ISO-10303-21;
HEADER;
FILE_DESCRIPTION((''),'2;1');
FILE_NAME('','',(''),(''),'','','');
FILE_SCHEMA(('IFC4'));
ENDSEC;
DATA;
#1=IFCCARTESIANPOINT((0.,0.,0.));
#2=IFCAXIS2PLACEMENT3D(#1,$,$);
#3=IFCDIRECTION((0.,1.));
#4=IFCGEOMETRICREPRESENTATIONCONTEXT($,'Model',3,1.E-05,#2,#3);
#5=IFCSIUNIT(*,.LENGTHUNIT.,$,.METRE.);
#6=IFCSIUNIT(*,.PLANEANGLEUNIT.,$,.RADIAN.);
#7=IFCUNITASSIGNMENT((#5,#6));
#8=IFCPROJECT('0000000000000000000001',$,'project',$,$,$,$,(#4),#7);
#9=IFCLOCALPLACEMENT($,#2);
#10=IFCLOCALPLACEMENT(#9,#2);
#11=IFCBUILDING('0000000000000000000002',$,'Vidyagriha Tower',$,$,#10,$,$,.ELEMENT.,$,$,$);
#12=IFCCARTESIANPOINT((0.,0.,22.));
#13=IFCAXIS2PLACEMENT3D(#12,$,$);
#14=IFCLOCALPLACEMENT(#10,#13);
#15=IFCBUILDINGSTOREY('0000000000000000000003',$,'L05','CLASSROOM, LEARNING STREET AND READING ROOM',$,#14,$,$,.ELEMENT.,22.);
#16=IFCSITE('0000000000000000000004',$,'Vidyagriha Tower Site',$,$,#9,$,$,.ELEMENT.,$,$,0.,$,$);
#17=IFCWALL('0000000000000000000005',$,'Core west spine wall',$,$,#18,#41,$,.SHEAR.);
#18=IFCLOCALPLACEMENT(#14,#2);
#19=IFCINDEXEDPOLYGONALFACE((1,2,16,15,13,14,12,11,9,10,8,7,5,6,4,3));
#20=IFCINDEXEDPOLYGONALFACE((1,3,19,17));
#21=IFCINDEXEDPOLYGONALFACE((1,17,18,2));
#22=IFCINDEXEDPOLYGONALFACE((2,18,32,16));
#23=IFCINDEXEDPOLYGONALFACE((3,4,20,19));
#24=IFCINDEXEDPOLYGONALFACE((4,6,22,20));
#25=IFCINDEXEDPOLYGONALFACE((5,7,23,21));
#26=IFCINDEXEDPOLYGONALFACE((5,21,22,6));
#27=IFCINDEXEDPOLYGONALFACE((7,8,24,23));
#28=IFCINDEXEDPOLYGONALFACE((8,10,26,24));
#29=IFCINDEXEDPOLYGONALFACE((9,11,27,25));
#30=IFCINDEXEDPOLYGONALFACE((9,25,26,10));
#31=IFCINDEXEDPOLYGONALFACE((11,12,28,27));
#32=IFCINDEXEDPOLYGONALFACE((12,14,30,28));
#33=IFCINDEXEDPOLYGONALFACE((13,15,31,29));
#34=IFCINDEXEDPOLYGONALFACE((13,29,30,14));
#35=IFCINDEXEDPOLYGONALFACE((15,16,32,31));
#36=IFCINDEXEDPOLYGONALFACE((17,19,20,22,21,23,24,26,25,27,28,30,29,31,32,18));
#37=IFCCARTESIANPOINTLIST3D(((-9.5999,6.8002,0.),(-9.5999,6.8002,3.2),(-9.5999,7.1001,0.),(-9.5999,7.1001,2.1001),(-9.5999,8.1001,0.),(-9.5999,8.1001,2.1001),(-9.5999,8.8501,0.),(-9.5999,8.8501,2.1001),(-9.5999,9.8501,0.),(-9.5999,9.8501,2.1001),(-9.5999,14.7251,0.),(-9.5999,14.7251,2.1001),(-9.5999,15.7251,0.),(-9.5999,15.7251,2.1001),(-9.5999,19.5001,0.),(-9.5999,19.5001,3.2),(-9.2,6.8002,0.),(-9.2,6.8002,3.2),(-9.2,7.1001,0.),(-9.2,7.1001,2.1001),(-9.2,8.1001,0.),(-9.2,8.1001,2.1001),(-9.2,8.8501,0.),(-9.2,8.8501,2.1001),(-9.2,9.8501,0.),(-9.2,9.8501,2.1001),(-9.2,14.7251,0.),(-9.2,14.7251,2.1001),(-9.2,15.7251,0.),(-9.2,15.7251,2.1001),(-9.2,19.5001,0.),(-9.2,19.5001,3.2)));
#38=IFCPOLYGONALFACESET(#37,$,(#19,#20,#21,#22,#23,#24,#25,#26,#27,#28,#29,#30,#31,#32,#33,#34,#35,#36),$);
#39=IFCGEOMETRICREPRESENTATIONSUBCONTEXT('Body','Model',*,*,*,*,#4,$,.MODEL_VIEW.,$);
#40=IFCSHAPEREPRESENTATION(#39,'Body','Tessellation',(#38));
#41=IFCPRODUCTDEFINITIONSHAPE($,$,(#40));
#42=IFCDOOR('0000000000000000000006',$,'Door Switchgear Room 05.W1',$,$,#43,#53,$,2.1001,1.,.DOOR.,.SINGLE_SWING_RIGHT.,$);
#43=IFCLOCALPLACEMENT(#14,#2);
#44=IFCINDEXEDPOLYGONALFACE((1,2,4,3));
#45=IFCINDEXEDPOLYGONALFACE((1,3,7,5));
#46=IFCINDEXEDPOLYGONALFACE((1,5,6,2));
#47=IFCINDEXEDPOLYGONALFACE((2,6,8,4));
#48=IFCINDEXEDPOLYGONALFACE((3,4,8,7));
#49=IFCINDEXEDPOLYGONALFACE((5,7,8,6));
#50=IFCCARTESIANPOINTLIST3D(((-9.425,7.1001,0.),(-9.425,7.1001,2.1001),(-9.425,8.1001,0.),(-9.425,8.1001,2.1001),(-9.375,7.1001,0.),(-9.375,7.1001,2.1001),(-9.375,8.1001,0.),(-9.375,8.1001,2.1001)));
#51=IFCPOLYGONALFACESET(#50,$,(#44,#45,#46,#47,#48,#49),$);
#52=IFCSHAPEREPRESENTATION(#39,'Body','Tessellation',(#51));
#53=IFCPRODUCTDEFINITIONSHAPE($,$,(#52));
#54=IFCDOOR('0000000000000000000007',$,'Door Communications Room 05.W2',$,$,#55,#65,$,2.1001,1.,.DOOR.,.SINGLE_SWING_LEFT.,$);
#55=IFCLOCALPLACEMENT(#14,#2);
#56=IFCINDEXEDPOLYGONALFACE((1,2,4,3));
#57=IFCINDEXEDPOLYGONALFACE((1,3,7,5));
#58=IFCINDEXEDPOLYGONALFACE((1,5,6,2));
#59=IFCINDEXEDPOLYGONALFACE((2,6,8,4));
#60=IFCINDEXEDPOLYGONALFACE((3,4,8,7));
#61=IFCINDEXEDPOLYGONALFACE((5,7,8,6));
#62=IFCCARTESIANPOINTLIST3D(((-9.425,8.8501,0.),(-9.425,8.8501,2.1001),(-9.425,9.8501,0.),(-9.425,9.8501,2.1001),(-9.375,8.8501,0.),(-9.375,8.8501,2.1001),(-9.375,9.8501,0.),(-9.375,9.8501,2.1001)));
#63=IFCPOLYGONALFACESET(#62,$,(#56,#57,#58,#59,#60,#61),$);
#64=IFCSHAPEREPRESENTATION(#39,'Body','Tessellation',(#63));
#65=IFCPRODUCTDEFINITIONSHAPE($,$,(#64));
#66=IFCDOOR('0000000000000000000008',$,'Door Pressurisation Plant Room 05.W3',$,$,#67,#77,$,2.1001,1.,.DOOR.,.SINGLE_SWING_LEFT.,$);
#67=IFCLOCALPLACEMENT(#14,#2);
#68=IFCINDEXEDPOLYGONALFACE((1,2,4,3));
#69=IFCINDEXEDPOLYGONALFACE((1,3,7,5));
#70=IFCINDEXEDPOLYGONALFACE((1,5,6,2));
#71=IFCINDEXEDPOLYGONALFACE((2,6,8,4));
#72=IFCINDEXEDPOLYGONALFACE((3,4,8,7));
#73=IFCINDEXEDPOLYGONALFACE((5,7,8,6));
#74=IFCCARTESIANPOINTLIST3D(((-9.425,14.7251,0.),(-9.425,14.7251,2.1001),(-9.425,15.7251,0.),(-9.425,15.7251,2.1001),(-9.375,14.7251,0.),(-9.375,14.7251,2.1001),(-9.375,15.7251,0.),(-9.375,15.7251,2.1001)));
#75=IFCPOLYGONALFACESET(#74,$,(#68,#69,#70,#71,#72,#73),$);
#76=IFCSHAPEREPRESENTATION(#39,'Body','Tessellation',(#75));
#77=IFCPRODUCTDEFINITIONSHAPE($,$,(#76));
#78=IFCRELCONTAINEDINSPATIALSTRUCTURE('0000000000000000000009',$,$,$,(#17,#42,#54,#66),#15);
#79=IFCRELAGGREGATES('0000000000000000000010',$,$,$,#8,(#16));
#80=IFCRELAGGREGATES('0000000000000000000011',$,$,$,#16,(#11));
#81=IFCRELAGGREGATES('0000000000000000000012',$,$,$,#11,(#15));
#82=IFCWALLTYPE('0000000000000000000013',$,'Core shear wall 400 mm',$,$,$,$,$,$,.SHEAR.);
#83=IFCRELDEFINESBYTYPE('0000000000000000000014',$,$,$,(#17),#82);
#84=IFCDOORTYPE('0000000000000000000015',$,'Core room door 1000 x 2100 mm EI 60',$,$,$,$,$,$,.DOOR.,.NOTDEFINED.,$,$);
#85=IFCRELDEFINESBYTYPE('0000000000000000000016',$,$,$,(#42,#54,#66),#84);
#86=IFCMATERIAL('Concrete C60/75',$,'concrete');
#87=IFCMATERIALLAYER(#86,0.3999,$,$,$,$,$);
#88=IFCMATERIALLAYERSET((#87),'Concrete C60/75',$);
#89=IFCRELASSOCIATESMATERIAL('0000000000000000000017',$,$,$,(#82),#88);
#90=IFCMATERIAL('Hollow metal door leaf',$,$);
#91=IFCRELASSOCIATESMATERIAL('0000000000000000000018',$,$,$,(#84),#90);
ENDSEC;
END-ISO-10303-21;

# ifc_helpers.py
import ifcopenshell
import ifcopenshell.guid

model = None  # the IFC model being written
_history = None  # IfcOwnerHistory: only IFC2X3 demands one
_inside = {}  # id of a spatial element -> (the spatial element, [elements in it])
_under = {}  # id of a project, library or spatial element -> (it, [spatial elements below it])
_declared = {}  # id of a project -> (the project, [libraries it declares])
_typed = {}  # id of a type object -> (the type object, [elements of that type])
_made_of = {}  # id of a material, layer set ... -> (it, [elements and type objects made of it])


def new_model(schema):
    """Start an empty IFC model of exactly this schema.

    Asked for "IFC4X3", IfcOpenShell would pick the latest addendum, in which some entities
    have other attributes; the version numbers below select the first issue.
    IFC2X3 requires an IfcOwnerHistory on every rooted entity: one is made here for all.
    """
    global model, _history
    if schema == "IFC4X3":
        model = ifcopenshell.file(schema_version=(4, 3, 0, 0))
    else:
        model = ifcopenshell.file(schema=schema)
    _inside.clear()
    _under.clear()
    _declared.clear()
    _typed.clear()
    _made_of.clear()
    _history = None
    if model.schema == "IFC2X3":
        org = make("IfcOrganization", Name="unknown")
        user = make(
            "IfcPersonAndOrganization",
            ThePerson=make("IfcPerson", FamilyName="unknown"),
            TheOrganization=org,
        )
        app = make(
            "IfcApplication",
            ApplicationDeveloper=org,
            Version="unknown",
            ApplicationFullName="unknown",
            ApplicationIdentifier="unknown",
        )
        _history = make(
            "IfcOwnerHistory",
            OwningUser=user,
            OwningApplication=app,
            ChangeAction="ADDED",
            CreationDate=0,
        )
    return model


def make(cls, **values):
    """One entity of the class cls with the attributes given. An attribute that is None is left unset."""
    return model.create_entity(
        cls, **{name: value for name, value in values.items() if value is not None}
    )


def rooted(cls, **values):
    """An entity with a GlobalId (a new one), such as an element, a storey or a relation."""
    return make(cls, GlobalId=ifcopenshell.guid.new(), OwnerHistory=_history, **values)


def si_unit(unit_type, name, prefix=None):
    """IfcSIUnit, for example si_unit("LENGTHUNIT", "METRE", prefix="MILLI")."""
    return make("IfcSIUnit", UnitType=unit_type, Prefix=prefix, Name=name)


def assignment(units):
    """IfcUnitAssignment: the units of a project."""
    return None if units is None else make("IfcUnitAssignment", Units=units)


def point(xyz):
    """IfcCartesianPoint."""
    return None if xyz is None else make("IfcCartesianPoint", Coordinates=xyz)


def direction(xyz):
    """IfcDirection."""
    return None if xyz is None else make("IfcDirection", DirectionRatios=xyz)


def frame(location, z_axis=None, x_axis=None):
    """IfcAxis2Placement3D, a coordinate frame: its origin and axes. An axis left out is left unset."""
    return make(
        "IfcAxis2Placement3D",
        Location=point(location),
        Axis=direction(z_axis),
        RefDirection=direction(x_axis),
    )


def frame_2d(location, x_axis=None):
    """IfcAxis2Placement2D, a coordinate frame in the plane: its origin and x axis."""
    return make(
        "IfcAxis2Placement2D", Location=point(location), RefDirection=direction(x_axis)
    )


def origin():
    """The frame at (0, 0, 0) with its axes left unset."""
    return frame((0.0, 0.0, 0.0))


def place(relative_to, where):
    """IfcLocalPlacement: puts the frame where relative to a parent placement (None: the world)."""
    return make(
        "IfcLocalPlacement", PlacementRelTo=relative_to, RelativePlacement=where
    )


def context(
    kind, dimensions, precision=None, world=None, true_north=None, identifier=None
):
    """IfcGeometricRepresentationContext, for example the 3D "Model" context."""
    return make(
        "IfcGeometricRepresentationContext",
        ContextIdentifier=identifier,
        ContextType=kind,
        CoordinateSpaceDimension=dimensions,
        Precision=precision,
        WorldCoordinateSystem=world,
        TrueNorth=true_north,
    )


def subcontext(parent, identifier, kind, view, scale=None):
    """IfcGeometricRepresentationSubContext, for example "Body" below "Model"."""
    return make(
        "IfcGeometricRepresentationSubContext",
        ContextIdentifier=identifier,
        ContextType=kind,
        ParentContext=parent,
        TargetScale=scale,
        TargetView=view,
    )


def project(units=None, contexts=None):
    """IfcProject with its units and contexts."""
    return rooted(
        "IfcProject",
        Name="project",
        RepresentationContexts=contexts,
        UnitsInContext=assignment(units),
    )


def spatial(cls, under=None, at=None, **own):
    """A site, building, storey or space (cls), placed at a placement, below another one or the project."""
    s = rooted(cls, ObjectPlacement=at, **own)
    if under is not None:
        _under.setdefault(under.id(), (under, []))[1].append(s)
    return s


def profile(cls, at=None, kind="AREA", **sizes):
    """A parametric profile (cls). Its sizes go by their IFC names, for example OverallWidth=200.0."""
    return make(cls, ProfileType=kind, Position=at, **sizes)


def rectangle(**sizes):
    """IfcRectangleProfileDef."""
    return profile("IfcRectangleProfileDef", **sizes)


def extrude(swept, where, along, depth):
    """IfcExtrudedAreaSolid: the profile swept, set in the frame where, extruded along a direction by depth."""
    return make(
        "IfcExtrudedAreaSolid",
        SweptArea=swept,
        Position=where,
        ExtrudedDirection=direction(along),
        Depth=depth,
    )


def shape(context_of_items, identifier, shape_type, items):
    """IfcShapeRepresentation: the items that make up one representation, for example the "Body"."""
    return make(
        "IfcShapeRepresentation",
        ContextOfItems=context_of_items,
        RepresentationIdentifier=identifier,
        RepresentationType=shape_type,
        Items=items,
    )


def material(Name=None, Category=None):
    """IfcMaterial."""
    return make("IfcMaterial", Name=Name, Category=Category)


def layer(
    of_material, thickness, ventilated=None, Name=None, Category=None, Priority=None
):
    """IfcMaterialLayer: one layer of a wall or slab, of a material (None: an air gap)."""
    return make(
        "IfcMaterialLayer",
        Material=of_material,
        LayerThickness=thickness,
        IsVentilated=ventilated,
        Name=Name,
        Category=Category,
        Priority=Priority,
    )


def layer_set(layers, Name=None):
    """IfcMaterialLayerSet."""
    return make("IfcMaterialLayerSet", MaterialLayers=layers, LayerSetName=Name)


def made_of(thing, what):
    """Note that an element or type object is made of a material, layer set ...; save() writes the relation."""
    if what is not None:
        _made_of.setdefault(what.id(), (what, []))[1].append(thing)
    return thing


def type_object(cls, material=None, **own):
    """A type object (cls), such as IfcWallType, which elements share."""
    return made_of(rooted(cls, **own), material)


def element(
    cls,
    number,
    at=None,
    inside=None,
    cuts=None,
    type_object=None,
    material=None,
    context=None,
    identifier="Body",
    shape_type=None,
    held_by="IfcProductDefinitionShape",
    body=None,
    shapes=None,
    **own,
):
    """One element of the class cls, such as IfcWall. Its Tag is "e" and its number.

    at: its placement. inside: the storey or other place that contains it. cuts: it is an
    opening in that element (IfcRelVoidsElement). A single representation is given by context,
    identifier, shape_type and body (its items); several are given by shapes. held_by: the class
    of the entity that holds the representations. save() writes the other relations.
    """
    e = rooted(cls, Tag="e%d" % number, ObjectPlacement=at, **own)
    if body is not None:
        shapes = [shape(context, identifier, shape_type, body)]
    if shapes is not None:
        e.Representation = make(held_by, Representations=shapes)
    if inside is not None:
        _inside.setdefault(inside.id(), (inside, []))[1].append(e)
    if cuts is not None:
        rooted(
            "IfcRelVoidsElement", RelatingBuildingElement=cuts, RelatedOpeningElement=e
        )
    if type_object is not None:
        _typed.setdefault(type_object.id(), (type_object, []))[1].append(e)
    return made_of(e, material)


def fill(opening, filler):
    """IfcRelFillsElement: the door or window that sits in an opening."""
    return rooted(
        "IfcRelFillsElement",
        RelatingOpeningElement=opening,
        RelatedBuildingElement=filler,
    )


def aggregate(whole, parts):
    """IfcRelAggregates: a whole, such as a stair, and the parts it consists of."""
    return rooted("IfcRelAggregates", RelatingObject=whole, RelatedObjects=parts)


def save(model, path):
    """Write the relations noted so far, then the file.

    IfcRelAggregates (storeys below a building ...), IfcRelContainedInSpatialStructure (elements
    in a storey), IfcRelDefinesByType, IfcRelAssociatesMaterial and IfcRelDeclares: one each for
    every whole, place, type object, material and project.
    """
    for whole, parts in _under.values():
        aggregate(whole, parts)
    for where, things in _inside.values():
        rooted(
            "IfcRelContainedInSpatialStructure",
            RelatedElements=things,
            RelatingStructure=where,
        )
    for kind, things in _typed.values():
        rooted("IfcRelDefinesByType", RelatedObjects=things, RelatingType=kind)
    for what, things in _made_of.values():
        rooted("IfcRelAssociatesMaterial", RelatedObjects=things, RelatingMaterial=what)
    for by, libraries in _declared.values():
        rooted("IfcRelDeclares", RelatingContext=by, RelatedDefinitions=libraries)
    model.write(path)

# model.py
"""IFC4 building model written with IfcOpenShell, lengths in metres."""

from ifc_helpers import new_model, si_unit, direction, frame, frame_2d, origin, place, context, subcontext, project, spatial, rectangle, extrude, material, layer, layer_set, type_object, element, fill, save


model = new_model("IFC4")

# Units and contexts
model_context = context("Model", 3, precision=1e-05, world=origin(), true_north=direction((0.0, 1.0)))
body_context = subcontext(model_context, "Body", "Model", "MODEL_VIEW")
ifc_project = project(units=[si_unit("LENGTHUNIT", "METRE"), si_unit("PLANEANGLEUNIT", "RADIAN")], contexts=[model_context])

# Site, building, storey
site_placement = place(None, origin())
site = spatial("IfcSite", under=ifc_project, at=site_placement, Name="Vidyagriha Tower Site", CompositionType="ELEMENT", RefElevation=0.0)
building_placement = place(site_placement, origin())
building = spatial("IfcBuilding", under=site, at=building_placement, Name="Vidyagriha Tower", CompositionType="ELEMENT")
storey_placement = place(building_placement, frame((0.0, 0.0, 22.0)))
storey = spatial("IfcBuildingStorey", under=building, at=storey_placement, Name="L05", Description="CLASSROOM, LEARNING STREET AND READING ROOM", CompositionType="ELEMENT", Elevation=22.0)

# Wall, openings, doors
ifc_material_1 = material(Name="Concrete C60/75", Category="concrete")
ifc_layer_1 = layer(ifc_material_1, 0.3999)
ifc_layer_set_1 = layer_set([ifc_layer_1], Name="Concrete C60/75")
wall_type_1 = type_object("IfcWallType", Name="Core shear wall 400 mm", PredefinedType="SHEAR", material=ifc_layer_set_1)
wall_1_placement = place(storey_placement, frame((-9.3999, 6.8, 0.0), z_axis=(0.0, 0.0, 1.0), x_axis=(0.0, 1.0, 0.0)))
wall_1 = element("IfcWall", 1, at=wall_1_placement, inside=storey, type_object=wall_type_1, Name="Core west spine wall", PredefinedType="SHEAR", context=body_context, shape_type="SweptSolid", body=[
    extrude(rectangle(XDim=12.7, YDim=0.3999, at=frame_2d((6.3501, 0.0))), origin(), (0.0, 0.0, 1.0), 3.2),
])
opening_1_placement = place(wall_1_placement, frame((0.3, 0.0, 0.0)))
opening_1 = element("IfcOpeningElement", 2, at=opening_1_placement, cuts=wall_1, PredefinedType="OPENING", context=body_context, shape_type="SweptSolid", body=[
    extrude(rectangle(XDim=1.0, YDim=2.1001, at=frame_2d((0.5, 1.05))), frame((0.0, 0.21, 0.0), z_axis=(0.0, -1.0, 0.0), x_axis=(1.0, 0.0, 0.0)), (0.0, 0.0, 1.0), 0.4199),
])
opening_2_placement = place(wall_1_placement, frame((2.05, 0.0, 0.0)))
opening_2 = element("IfcOpeningElement", 3, at=opening_2_placement, cuts=wall_1, PredefinedType="OPENING", context=body_context, shape_type="SweptSolid", body=[
    extrude(rectangle(XDim=1.0, YDim=2.1001, at=frame_2d((0.5, 1.05))), frame((0.0, 0.21, 0.0), z_axis=(0.0, -1.0, 0.0), x_axis=(1.0, 0.0, 0.0)), (0.0, 0.0, 1.0), 0.4199),
])
opening_3_placement = place(wall_1_placement, frame((7.925, 0.0, 0.0)))
opening_3 = element("IfcOpeningElement", 4, at=opening_3_placement, cuts=wall_1, PredefinedType="OPENING", context=body_context, shape_type="SweptSolid", body=[
    extrude(rectangle(XDim=1.0, YDim=2.1001, at=frame_2d((0.5, 1.05))), frame((0.0, 0.21, 0.0), z_axis=(0.0, -1.0, 0.0), x_axis=(1.0, 0.0, 0.0)), (0.0, 0.0, 1.0), 0.4199),
])
ifc_material_2 = material(Name="Hollow metal door leaf")
door_type_1 = type_object("IfcDoorType", Name="Core room door 1000 x 2100 mm EI 60", OperationType="NOTDEFINED", PredefinedType="DOOR", material=ifc_material_2)
door_1_placement = place(opening_1_placement, frame((1.0, 0.0, 0.0), z_axis=(0.0, 0.0, 1.0), x_axis=(-1.0, 0.0, 0.0)))
door_1 = element("IfcDoor", 5, at=door_1_placement, inside=storey, type_object=door_type_1, Name="Door Switchgear Room 05.W1", OperationType="SINGLE_SWING_RIGHT", OverallHeight=2.1001, OverallWidth=1.0, PredefinedType="DOOR", context=body_context, shape_type="SweptSolid", body=[
    extrude(rectangle(XDim=1.0, YDim=2.1001, at=frame_2d((0.5, 1.05))), frame((0.0, 0.0249, 0.0), z_axis=(0.0, -1.0, 0.0), x_axis=(1.0, 0.0, 0.0)), (0.0, 0.0, 1.0), 0.05),
])
fill(opening_1, door_1)
door_2_placement = place(opening_2_placement, frame((1.0, 0.0, 0.0), z_axis=(0.0, 0.0, 1.0), x_axis=(-1.0, 0.0, 0.0)))
door_2 = element("IfcDoor", 6, at=door_2_placement, inside=storey, type_object=door_type_1, Name="Door Communications Room 05.W2", OperationType="SINGLE_SWING_LEFT", OverallHeight=2.1001, OverallWidth=1.0, PredefinedType="DOOR", context=body_context, shape_type="SweptSolid", body=[
    extrude(rectangle(XDim=1.0, YDim=2.1001, at=frame_2d((0.5, 1.05))), frame((0.0, 0.0249, 0.0), z_axis=(0.0, -1.0, 0.0), x_axis=(1.0, 0.0, 0.0)), (0.0, 0.0, 1.0), 0.05),
])
fill(opening_2, door_2)
door_3_placement = place(opening_3_placement, frame((1.0, 0.0, 0.0), z_axis=(0.0, 0.0, 1.0), x_axis=(-1.0, 0.0, 0.0)))
door_3 = element("IfcDoor", 7, at=door_3_placement, inside=storey, type_object=door_type_1, Name="Door Pressurisation Plant Room 05.W3", OperationType="SINGLE_SWING_LEFT", OverallHeight=2.1001, OverallWidth=1.0, PredefinedType="DOOR", context=body_context, shape_type="SweptSolid", body=[
    extrude(rectangle(XDim=1.0, YDim=2.1001, at=frame_2d((0.5, 1.05))), frame((0.0, 0.0249, 0.0), z_axis=(0.0, -1.0, 0.0), x_axis=(1.0, 0.0, 0.0)), (0.0, 0.0, 1.0), 0.05),
])
fill(opening_3, door_3)

save(model, "model.ifc")
